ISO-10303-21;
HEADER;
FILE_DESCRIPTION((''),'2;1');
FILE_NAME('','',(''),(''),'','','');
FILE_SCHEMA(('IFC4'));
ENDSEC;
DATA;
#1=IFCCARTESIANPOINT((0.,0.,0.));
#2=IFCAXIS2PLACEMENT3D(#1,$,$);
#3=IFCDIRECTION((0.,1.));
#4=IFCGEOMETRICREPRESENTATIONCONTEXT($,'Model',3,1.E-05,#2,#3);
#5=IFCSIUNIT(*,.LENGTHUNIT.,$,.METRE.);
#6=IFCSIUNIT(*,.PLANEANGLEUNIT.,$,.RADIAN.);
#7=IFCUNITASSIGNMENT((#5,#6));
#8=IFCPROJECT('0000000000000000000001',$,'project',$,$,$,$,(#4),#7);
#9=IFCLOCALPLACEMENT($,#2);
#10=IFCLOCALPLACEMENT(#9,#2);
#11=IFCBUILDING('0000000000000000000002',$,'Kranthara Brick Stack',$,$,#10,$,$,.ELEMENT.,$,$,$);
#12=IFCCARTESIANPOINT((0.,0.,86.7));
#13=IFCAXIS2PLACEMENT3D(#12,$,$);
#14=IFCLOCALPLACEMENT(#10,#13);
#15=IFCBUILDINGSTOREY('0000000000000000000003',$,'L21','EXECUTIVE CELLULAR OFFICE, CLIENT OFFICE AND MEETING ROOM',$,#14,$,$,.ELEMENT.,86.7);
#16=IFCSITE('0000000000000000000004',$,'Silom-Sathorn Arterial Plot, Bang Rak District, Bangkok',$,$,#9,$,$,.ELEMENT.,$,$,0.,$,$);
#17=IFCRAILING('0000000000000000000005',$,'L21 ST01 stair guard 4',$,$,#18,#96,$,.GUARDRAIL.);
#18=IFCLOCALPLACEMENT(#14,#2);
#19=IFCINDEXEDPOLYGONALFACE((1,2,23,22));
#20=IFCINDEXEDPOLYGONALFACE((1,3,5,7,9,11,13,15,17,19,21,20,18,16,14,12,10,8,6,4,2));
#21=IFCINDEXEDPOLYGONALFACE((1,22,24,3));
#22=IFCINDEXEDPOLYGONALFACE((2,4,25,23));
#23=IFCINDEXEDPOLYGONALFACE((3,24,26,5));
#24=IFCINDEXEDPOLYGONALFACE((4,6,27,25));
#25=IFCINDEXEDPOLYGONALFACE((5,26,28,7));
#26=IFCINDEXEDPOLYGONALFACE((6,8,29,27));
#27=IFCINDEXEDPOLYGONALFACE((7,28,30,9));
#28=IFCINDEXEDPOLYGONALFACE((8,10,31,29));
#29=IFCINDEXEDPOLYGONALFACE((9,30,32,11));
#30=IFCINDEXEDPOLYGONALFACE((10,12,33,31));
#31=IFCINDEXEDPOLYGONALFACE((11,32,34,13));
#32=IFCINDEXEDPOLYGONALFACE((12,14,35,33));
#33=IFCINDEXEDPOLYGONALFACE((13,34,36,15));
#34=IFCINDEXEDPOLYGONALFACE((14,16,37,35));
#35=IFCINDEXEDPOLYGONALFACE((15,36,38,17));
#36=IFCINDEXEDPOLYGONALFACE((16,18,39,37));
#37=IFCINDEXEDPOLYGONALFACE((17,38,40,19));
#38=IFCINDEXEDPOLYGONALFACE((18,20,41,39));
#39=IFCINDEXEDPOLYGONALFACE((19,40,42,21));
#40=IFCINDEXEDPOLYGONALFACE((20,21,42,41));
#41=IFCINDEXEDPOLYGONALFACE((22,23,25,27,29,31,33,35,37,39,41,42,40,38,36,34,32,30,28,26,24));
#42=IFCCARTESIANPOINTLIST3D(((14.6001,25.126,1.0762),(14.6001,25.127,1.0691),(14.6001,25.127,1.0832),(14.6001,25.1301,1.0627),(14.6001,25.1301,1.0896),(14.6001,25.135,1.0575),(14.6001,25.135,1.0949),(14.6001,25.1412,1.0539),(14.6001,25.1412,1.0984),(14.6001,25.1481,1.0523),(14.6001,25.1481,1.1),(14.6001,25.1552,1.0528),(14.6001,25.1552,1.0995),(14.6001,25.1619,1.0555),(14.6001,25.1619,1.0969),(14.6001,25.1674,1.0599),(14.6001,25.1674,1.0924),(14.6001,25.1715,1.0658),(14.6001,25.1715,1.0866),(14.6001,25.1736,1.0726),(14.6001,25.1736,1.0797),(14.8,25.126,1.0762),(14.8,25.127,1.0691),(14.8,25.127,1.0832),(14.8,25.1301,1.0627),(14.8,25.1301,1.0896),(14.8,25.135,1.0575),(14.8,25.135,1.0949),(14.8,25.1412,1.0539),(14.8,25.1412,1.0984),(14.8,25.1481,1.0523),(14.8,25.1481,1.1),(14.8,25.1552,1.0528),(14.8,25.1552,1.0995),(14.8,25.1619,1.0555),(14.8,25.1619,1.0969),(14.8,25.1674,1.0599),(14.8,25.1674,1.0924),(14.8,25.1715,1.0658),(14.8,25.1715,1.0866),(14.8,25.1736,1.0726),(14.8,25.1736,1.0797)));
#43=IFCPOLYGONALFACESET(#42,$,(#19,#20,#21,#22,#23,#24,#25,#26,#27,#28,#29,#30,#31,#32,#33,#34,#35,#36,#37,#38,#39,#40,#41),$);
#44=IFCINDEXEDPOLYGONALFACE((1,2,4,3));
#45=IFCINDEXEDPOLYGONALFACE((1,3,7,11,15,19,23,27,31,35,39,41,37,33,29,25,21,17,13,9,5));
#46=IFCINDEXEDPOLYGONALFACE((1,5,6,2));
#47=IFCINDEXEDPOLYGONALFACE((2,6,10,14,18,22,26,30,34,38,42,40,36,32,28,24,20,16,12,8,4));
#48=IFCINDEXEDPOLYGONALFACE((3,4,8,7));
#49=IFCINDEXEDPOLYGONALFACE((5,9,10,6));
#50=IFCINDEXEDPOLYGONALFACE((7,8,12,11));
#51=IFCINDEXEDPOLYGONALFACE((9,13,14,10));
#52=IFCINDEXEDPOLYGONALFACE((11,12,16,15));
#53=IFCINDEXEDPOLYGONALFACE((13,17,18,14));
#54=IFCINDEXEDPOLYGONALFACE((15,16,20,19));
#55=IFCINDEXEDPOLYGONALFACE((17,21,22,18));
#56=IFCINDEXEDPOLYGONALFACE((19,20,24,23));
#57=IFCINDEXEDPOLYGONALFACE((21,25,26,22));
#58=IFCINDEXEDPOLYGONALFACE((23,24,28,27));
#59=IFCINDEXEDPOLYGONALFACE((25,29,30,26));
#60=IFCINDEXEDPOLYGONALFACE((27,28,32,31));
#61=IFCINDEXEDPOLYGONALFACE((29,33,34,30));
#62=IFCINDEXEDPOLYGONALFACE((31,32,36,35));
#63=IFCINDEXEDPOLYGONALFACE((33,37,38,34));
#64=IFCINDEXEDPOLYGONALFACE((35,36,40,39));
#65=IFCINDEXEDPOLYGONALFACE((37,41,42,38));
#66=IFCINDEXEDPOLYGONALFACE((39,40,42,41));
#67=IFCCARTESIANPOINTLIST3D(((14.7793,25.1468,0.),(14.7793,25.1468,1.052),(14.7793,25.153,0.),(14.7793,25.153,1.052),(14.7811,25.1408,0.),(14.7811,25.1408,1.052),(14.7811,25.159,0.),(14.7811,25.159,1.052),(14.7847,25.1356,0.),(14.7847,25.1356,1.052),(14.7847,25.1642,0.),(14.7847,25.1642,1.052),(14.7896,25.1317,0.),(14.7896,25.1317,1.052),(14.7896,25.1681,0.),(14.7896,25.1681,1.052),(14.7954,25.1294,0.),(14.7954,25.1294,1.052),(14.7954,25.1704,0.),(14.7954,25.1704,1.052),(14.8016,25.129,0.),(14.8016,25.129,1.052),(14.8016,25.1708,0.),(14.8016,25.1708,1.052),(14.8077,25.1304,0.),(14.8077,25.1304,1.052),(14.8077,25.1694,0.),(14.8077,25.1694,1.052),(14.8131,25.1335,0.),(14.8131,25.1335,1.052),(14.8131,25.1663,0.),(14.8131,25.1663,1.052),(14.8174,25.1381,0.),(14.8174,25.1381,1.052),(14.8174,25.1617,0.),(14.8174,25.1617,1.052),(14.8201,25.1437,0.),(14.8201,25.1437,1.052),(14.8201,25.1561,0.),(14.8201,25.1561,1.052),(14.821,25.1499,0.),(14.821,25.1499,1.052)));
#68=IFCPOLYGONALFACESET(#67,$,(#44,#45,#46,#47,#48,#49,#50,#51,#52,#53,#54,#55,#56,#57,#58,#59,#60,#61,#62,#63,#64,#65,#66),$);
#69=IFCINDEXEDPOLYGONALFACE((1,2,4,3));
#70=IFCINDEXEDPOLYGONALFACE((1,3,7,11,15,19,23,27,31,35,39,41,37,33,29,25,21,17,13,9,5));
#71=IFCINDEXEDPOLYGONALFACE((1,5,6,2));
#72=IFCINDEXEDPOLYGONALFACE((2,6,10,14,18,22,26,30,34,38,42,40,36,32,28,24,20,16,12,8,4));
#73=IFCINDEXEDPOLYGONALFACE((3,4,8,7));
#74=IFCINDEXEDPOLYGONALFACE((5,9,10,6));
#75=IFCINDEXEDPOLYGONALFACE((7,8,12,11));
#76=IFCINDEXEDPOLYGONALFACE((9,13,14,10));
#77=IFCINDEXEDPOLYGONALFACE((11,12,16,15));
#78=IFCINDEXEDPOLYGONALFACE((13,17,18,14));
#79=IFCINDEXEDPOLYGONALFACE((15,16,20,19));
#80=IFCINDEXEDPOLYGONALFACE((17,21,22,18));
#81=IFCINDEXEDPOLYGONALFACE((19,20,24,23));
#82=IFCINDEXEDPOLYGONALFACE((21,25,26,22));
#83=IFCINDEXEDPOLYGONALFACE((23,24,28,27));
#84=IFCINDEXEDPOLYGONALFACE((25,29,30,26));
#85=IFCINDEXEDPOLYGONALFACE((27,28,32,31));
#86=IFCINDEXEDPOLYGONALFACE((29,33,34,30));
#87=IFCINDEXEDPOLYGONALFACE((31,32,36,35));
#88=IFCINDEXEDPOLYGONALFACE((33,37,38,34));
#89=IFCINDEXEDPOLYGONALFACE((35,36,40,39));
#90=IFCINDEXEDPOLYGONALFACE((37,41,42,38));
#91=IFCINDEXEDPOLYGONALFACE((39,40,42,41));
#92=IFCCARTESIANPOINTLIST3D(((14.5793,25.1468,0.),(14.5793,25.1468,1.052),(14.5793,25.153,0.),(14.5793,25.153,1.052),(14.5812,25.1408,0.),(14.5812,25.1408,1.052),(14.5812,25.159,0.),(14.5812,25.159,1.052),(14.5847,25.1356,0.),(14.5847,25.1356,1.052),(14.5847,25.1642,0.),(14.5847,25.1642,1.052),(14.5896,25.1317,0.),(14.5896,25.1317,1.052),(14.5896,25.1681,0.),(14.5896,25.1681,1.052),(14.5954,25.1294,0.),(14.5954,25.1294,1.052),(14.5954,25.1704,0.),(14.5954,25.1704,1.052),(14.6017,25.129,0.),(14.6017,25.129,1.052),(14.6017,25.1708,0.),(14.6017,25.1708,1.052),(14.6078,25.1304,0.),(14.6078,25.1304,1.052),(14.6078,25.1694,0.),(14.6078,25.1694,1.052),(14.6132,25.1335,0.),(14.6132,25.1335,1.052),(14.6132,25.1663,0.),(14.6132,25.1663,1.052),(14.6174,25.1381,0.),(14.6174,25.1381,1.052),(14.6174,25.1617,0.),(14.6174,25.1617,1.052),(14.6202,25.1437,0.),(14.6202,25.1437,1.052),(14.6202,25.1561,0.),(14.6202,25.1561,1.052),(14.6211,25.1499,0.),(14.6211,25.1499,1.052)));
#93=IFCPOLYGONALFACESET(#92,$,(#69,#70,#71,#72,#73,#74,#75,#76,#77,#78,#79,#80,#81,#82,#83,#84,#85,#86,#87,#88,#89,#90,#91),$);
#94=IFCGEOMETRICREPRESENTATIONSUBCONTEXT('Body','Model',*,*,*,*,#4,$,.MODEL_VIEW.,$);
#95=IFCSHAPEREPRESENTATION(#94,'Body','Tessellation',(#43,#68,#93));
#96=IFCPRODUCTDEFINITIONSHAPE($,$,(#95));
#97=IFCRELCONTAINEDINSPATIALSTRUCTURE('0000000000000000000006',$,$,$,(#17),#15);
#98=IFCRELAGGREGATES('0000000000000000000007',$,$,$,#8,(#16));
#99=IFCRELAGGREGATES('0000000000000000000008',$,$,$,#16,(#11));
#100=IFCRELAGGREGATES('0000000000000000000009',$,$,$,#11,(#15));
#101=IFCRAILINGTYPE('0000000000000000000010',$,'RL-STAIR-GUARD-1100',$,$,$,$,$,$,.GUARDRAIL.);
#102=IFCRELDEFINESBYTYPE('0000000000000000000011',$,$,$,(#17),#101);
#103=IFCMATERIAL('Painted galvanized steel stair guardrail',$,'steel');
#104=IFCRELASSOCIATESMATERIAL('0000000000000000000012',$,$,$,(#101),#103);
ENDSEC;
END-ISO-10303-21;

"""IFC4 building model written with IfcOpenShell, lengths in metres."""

from ifc_helpers import new_model, si_unit, direction, frame, origin, origin_2d, place, context, subcontext, project, spatial, circle, extrude, material, type_object, element, save


model = new_model("IFC4")

# Units and contexts
model_context = context("Model", 3, precision=1e-05, world=origin(), true_north=direction((0.0, 1.0)))
body_context = subcontext(model_context, "Body", "Model", "MODEL_VIEW")
ifc_project = project(units=[si_unit("LENGTHUNIT", "METRE"), si_unit("PLANEANGLEUNIT", "RADIAN")], contexts=[model_context])

# Site, building, storey
site_placement = place(None, origin())
site = spatial("IfcSite", under=ifc_project, at=site_placement, Name="Silom-Sathorn Arterial Plot, Bang Rak District, Bangkok", CompositionType="ELEMENT", RefElevation=0.0)
building_placement = place(site_placement, origin())
building = spatial("IfcBuilding", under=site, at=building_placement, Name="Kranthara Brick Stack", CompositionType="ELEMENT")
storey_placement = place(building_placement, frame((0.0, 0.0, 86.7)))
storey = spatial("IfcBuildingStorey", under=building, at=storey_placement, Name="L21", Description="EXECUTIVE CELLULAR OFFICE, CLIENT OFFICE AND MEETING ROOM", CompositionType="ELEMENT", Elevation=86.7)

# Railing
ifc_material_1 = material(Name="Painted galvanized steel stair guardrail", Category="steel")
railing_type_1 = type_object("IfcRailingType", Name="RL-STAIR-GUARD-1100", PredefinedType="GUARDRAIL", material=ifc_material_1)
railing_1_placement = place(storey_placement, frame((14.8, 25.1499, 0.0)))
element("IfcRailing", 1, at=railing_1_placement, inside=storey, type_object=railing_type_1, Name="L21 ST01 stair guard 4", PredefinedType="GUARDRAIL", context=body_context, shape_type="SweptSolid", body=[
    extrude(circle(Radius=0.0239, at=origin_2d()), frame((0.0, 0.0, 1.0762), z_axis=(-1.0, 0.0, 0.0), x_axis=(0.0, -1.0, 0.0)), (0.0, 0.0, 1.0), 0.2),
    extrude(circle(Radius=0.021, at=origin_2d()), origin(), (0.0, 0.0, 1.0), 1.052),
    extrude(circle(Radius=0.021, at=origin_2d()), frame((-0.2, 0.0, 0.0)), (0.0, 0.0, 1.0), 1.052),
])

save(model, "model.ifc")
